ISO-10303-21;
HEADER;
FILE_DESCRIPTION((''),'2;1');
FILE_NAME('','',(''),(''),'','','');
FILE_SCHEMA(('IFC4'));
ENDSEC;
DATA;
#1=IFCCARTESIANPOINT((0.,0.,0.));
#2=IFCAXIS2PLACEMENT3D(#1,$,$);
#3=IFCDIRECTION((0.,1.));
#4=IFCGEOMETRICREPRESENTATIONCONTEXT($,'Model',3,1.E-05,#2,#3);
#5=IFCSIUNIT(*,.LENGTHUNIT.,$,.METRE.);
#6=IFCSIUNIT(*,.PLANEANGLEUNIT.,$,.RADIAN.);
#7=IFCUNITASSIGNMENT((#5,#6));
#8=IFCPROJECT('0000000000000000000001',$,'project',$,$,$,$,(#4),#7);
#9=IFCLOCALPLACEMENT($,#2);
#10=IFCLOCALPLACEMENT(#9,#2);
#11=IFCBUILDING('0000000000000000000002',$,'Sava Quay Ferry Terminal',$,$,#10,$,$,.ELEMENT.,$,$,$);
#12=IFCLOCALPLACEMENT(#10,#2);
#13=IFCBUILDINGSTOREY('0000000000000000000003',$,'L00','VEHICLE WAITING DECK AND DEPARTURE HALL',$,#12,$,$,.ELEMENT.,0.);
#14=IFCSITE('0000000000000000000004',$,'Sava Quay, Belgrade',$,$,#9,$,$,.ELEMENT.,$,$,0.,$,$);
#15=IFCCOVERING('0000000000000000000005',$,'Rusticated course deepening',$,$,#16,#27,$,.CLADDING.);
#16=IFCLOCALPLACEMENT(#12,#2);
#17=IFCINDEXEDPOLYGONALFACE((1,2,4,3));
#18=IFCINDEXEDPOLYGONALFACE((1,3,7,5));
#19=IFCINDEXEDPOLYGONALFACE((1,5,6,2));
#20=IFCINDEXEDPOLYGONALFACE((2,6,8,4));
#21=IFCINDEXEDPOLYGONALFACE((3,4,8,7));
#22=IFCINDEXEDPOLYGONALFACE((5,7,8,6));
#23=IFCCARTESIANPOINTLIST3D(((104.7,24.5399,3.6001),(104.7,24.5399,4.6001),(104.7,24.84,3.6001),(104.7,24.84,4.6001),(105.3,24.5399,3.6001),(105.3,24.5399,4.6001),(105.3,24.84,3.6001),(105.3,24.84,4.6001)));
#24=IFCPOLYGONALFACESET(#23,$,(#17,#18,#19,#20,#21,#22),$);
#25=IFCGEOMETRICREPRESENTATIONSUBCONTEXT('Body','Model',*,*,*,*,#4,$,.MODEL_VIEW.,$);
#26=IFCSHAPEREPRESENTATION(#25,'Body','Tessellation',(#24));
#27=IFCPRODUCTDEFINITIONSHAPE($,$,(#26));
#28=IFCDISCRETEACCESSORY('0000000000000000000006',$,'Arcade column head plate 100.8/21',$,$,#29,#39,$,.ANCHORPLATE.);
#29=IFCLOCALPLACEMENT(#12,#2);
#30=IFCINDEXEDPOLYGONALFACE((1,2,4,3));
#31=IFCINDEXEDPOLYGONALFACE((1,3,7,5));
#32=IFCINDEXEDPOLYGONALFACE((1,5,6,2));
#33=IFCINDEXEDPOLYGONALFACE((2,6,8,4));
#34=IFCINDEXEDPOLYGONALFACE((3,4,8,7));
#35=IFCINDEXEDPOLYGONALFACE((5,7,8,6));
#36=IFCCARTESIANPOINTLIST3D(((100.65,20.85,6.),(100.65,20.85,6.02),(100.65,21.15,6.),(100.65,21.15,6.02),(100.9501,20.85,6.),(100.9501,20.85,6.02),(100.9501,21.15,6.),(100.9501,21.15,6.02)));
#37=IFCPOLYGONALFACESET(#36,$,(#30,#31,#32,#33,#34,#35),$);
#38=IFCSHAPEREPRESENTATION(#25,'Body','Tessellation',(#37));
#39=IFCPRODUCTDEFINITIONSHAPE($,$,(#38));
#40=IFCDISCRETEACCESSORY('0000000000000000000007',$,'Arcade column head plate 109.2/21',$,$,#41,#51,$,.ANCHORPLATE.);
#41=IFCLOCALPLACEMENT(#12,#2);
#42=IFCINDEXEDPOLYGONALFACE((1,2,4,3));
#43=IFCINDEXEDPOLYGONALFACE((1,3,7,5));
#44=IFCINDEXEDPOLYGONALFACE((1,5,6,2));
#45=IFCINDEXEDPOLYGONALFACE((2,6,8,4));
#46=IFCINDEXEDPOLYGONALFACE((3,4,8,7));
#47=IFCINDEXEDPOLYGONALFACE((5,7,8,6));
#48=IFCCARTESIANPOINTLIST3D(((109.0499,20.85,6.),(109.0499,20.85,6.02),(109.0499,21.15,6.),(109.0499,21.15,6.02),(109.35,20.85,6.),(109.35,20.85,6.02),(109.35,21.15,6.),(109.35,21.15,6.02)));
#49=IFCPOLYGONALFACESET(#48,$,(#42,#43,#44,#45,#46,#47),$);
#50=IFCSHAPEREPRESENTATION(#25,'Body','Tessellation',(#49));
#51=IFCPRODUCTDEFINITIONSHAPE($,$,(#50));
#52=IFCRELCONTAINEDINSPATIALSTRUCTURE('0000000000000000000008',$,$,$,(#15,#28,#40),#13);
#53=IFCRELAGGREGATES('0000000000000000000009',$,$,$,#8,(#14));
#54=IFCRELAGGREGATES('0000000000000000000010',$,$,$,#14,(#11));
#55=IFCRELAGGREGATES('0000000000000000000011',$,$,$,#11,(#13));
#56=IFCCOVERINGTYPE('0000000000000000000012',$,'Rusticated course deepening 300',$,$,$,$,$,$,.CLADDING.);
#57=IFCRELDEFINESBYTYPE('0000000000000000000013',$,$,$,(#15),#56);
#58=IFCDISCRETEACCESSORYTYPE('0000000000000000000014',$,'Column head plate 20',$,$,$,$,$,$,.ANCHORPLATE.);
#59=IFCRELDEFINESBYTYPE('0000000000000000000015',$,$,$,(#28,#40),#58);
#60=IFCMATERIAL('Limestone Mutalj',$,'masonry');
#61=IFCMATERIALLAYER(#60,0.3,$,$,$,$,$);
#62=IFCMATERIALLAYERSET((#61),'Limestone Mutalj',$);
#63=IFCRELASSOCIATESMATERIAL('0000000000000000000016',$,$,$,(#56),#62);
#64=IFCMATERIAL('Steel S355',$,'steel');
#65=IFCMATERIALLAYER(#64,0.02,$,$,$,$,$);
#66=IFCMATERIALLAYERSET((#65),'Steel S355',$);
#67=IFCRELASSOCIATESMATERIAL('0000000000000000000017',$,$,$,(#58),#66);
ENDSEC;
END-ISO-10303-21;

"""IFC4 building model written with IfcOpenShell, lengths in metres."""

from ifc_helpers import new_model, si_unit, direction, frame, origin, origin_2d, place, context, subcontext, project, spatial, rectangle, extrude, material, layer, layer_set, type_object, element, save


model = new_model("IFC4")

# Units and contexts
model_context = context("Model", 3, precision=1e-05, world=origin(), true_north=direction((0.0, 1.0)))
body_context = subcontext(model_context, "Body", "Model", "MODEL_VIEW")
ifc_project = project(units=[si_unit("LENGTHUNIT", "METRE"), si_unit("PLANEANGLEUNIT", "RADIAN")], contexts=[model_context])

# Site, building, storey
site_placement = place(None, origin())
site = spatial("IfcSite", under=ifc_project, at=site_placement, Name="Sava Quay, Belgrade", CompositionType="ELEMENT", RefElevation=0.0)
building_placement = place(site_placement, origin())
building = spatial("IfcBuilding", under=site, at=building_placement, Name="Sava Quay Ferry Terminal", CompositionType="ELEMENT")
storey_placement = place(building_placement, origin())
storey = spatial("IfcBuildingStorey", under=building, at=storey_placement, Name="L00", Description="VEHICLE WAITING DECK AND DEPARTURE HALL", CompositionType="ELEMENT", Elevation=0.0)

# Covering
ifc_material_1 = material(Name="Limestone Mutalj", Category="masonry")
ifc_layer_1 = layer(ifc_material_1, 0.3)
ifc_layer_set_1 = layer_set([ifc_layer_1], Name="Limestone Mutalj")
covering_type_1 = type_object("IfcCoveringType", Name="Rusticated course deepening 300", PredefinedType="CLADDING", material=ifc_layer_set_1)
for number, where, z_axis, x_axis, name in (
    (1, (105.0, 24.6899, 3.6001), (0.0, 0.0, 1.0), (1.0, 0.0, 0.0), "Rusticated course deepening"),
):
    element("IfcCovering", number, at=place(storey_placement, frame(where, z_axis=z_axis, x_axis=x_axis)), inside=storey, type_object=covering_type_1, Name=name, PredefinedType="CLADDING", context=body_context, shape_type="SweptSolid", body=[
        extrude(rectangle(XDim=0.6001, YDim=0.3, at=origin_2d()), origin(), (0.0, 0.0, 1.0), 1.0),
    ])

# Discrete accessories
ifc_material_2 = material(Name="Steel S355", Category="steel")
ifc_layer_2 = layer(ifc_material_2, 0.02)
ifc_layer_set_2 = layer_set([ifc_layer_2], Name="Steel S355")
discrete_accessory_type = type_object("IfcDiscreteAccessoryType", Name="Column head plate 20", PredefinedType="ANCHORPLATE", material=ifc_layer_set_2)
for number, where, z_axis, x_axis, name in (
    (2, (100.8, 21.0, 6.0), (0.0, 0.0, 1.0), (1.0, 0.0, 0.0), "Arcade column head plate 100.8/21"),
    (3, (109.2, 21.0, 6.0), (0.0, 0.0, 1.0), (1.0, 0.0, 0.0), "Arcade column head plate 109.2/21"),
):
    element("IfcDiscreteAccessory", number, at=place(storey_placement, frame(where, z_axis=z_axis, x_axis=x_axis)), inside=storey, type_object=discrete_accessory_type, Name=name, PredefinedType="ANCHORPLATE", context=body_context, shape_type="SweptSolid", body=[
        extrude(rectangle(XDim=0.3, YDim=0.3, at=origin_2d()), origin(), (0.0, 0.0, 1.0), 0.02),
    ])

save(model, "model.ifc")
